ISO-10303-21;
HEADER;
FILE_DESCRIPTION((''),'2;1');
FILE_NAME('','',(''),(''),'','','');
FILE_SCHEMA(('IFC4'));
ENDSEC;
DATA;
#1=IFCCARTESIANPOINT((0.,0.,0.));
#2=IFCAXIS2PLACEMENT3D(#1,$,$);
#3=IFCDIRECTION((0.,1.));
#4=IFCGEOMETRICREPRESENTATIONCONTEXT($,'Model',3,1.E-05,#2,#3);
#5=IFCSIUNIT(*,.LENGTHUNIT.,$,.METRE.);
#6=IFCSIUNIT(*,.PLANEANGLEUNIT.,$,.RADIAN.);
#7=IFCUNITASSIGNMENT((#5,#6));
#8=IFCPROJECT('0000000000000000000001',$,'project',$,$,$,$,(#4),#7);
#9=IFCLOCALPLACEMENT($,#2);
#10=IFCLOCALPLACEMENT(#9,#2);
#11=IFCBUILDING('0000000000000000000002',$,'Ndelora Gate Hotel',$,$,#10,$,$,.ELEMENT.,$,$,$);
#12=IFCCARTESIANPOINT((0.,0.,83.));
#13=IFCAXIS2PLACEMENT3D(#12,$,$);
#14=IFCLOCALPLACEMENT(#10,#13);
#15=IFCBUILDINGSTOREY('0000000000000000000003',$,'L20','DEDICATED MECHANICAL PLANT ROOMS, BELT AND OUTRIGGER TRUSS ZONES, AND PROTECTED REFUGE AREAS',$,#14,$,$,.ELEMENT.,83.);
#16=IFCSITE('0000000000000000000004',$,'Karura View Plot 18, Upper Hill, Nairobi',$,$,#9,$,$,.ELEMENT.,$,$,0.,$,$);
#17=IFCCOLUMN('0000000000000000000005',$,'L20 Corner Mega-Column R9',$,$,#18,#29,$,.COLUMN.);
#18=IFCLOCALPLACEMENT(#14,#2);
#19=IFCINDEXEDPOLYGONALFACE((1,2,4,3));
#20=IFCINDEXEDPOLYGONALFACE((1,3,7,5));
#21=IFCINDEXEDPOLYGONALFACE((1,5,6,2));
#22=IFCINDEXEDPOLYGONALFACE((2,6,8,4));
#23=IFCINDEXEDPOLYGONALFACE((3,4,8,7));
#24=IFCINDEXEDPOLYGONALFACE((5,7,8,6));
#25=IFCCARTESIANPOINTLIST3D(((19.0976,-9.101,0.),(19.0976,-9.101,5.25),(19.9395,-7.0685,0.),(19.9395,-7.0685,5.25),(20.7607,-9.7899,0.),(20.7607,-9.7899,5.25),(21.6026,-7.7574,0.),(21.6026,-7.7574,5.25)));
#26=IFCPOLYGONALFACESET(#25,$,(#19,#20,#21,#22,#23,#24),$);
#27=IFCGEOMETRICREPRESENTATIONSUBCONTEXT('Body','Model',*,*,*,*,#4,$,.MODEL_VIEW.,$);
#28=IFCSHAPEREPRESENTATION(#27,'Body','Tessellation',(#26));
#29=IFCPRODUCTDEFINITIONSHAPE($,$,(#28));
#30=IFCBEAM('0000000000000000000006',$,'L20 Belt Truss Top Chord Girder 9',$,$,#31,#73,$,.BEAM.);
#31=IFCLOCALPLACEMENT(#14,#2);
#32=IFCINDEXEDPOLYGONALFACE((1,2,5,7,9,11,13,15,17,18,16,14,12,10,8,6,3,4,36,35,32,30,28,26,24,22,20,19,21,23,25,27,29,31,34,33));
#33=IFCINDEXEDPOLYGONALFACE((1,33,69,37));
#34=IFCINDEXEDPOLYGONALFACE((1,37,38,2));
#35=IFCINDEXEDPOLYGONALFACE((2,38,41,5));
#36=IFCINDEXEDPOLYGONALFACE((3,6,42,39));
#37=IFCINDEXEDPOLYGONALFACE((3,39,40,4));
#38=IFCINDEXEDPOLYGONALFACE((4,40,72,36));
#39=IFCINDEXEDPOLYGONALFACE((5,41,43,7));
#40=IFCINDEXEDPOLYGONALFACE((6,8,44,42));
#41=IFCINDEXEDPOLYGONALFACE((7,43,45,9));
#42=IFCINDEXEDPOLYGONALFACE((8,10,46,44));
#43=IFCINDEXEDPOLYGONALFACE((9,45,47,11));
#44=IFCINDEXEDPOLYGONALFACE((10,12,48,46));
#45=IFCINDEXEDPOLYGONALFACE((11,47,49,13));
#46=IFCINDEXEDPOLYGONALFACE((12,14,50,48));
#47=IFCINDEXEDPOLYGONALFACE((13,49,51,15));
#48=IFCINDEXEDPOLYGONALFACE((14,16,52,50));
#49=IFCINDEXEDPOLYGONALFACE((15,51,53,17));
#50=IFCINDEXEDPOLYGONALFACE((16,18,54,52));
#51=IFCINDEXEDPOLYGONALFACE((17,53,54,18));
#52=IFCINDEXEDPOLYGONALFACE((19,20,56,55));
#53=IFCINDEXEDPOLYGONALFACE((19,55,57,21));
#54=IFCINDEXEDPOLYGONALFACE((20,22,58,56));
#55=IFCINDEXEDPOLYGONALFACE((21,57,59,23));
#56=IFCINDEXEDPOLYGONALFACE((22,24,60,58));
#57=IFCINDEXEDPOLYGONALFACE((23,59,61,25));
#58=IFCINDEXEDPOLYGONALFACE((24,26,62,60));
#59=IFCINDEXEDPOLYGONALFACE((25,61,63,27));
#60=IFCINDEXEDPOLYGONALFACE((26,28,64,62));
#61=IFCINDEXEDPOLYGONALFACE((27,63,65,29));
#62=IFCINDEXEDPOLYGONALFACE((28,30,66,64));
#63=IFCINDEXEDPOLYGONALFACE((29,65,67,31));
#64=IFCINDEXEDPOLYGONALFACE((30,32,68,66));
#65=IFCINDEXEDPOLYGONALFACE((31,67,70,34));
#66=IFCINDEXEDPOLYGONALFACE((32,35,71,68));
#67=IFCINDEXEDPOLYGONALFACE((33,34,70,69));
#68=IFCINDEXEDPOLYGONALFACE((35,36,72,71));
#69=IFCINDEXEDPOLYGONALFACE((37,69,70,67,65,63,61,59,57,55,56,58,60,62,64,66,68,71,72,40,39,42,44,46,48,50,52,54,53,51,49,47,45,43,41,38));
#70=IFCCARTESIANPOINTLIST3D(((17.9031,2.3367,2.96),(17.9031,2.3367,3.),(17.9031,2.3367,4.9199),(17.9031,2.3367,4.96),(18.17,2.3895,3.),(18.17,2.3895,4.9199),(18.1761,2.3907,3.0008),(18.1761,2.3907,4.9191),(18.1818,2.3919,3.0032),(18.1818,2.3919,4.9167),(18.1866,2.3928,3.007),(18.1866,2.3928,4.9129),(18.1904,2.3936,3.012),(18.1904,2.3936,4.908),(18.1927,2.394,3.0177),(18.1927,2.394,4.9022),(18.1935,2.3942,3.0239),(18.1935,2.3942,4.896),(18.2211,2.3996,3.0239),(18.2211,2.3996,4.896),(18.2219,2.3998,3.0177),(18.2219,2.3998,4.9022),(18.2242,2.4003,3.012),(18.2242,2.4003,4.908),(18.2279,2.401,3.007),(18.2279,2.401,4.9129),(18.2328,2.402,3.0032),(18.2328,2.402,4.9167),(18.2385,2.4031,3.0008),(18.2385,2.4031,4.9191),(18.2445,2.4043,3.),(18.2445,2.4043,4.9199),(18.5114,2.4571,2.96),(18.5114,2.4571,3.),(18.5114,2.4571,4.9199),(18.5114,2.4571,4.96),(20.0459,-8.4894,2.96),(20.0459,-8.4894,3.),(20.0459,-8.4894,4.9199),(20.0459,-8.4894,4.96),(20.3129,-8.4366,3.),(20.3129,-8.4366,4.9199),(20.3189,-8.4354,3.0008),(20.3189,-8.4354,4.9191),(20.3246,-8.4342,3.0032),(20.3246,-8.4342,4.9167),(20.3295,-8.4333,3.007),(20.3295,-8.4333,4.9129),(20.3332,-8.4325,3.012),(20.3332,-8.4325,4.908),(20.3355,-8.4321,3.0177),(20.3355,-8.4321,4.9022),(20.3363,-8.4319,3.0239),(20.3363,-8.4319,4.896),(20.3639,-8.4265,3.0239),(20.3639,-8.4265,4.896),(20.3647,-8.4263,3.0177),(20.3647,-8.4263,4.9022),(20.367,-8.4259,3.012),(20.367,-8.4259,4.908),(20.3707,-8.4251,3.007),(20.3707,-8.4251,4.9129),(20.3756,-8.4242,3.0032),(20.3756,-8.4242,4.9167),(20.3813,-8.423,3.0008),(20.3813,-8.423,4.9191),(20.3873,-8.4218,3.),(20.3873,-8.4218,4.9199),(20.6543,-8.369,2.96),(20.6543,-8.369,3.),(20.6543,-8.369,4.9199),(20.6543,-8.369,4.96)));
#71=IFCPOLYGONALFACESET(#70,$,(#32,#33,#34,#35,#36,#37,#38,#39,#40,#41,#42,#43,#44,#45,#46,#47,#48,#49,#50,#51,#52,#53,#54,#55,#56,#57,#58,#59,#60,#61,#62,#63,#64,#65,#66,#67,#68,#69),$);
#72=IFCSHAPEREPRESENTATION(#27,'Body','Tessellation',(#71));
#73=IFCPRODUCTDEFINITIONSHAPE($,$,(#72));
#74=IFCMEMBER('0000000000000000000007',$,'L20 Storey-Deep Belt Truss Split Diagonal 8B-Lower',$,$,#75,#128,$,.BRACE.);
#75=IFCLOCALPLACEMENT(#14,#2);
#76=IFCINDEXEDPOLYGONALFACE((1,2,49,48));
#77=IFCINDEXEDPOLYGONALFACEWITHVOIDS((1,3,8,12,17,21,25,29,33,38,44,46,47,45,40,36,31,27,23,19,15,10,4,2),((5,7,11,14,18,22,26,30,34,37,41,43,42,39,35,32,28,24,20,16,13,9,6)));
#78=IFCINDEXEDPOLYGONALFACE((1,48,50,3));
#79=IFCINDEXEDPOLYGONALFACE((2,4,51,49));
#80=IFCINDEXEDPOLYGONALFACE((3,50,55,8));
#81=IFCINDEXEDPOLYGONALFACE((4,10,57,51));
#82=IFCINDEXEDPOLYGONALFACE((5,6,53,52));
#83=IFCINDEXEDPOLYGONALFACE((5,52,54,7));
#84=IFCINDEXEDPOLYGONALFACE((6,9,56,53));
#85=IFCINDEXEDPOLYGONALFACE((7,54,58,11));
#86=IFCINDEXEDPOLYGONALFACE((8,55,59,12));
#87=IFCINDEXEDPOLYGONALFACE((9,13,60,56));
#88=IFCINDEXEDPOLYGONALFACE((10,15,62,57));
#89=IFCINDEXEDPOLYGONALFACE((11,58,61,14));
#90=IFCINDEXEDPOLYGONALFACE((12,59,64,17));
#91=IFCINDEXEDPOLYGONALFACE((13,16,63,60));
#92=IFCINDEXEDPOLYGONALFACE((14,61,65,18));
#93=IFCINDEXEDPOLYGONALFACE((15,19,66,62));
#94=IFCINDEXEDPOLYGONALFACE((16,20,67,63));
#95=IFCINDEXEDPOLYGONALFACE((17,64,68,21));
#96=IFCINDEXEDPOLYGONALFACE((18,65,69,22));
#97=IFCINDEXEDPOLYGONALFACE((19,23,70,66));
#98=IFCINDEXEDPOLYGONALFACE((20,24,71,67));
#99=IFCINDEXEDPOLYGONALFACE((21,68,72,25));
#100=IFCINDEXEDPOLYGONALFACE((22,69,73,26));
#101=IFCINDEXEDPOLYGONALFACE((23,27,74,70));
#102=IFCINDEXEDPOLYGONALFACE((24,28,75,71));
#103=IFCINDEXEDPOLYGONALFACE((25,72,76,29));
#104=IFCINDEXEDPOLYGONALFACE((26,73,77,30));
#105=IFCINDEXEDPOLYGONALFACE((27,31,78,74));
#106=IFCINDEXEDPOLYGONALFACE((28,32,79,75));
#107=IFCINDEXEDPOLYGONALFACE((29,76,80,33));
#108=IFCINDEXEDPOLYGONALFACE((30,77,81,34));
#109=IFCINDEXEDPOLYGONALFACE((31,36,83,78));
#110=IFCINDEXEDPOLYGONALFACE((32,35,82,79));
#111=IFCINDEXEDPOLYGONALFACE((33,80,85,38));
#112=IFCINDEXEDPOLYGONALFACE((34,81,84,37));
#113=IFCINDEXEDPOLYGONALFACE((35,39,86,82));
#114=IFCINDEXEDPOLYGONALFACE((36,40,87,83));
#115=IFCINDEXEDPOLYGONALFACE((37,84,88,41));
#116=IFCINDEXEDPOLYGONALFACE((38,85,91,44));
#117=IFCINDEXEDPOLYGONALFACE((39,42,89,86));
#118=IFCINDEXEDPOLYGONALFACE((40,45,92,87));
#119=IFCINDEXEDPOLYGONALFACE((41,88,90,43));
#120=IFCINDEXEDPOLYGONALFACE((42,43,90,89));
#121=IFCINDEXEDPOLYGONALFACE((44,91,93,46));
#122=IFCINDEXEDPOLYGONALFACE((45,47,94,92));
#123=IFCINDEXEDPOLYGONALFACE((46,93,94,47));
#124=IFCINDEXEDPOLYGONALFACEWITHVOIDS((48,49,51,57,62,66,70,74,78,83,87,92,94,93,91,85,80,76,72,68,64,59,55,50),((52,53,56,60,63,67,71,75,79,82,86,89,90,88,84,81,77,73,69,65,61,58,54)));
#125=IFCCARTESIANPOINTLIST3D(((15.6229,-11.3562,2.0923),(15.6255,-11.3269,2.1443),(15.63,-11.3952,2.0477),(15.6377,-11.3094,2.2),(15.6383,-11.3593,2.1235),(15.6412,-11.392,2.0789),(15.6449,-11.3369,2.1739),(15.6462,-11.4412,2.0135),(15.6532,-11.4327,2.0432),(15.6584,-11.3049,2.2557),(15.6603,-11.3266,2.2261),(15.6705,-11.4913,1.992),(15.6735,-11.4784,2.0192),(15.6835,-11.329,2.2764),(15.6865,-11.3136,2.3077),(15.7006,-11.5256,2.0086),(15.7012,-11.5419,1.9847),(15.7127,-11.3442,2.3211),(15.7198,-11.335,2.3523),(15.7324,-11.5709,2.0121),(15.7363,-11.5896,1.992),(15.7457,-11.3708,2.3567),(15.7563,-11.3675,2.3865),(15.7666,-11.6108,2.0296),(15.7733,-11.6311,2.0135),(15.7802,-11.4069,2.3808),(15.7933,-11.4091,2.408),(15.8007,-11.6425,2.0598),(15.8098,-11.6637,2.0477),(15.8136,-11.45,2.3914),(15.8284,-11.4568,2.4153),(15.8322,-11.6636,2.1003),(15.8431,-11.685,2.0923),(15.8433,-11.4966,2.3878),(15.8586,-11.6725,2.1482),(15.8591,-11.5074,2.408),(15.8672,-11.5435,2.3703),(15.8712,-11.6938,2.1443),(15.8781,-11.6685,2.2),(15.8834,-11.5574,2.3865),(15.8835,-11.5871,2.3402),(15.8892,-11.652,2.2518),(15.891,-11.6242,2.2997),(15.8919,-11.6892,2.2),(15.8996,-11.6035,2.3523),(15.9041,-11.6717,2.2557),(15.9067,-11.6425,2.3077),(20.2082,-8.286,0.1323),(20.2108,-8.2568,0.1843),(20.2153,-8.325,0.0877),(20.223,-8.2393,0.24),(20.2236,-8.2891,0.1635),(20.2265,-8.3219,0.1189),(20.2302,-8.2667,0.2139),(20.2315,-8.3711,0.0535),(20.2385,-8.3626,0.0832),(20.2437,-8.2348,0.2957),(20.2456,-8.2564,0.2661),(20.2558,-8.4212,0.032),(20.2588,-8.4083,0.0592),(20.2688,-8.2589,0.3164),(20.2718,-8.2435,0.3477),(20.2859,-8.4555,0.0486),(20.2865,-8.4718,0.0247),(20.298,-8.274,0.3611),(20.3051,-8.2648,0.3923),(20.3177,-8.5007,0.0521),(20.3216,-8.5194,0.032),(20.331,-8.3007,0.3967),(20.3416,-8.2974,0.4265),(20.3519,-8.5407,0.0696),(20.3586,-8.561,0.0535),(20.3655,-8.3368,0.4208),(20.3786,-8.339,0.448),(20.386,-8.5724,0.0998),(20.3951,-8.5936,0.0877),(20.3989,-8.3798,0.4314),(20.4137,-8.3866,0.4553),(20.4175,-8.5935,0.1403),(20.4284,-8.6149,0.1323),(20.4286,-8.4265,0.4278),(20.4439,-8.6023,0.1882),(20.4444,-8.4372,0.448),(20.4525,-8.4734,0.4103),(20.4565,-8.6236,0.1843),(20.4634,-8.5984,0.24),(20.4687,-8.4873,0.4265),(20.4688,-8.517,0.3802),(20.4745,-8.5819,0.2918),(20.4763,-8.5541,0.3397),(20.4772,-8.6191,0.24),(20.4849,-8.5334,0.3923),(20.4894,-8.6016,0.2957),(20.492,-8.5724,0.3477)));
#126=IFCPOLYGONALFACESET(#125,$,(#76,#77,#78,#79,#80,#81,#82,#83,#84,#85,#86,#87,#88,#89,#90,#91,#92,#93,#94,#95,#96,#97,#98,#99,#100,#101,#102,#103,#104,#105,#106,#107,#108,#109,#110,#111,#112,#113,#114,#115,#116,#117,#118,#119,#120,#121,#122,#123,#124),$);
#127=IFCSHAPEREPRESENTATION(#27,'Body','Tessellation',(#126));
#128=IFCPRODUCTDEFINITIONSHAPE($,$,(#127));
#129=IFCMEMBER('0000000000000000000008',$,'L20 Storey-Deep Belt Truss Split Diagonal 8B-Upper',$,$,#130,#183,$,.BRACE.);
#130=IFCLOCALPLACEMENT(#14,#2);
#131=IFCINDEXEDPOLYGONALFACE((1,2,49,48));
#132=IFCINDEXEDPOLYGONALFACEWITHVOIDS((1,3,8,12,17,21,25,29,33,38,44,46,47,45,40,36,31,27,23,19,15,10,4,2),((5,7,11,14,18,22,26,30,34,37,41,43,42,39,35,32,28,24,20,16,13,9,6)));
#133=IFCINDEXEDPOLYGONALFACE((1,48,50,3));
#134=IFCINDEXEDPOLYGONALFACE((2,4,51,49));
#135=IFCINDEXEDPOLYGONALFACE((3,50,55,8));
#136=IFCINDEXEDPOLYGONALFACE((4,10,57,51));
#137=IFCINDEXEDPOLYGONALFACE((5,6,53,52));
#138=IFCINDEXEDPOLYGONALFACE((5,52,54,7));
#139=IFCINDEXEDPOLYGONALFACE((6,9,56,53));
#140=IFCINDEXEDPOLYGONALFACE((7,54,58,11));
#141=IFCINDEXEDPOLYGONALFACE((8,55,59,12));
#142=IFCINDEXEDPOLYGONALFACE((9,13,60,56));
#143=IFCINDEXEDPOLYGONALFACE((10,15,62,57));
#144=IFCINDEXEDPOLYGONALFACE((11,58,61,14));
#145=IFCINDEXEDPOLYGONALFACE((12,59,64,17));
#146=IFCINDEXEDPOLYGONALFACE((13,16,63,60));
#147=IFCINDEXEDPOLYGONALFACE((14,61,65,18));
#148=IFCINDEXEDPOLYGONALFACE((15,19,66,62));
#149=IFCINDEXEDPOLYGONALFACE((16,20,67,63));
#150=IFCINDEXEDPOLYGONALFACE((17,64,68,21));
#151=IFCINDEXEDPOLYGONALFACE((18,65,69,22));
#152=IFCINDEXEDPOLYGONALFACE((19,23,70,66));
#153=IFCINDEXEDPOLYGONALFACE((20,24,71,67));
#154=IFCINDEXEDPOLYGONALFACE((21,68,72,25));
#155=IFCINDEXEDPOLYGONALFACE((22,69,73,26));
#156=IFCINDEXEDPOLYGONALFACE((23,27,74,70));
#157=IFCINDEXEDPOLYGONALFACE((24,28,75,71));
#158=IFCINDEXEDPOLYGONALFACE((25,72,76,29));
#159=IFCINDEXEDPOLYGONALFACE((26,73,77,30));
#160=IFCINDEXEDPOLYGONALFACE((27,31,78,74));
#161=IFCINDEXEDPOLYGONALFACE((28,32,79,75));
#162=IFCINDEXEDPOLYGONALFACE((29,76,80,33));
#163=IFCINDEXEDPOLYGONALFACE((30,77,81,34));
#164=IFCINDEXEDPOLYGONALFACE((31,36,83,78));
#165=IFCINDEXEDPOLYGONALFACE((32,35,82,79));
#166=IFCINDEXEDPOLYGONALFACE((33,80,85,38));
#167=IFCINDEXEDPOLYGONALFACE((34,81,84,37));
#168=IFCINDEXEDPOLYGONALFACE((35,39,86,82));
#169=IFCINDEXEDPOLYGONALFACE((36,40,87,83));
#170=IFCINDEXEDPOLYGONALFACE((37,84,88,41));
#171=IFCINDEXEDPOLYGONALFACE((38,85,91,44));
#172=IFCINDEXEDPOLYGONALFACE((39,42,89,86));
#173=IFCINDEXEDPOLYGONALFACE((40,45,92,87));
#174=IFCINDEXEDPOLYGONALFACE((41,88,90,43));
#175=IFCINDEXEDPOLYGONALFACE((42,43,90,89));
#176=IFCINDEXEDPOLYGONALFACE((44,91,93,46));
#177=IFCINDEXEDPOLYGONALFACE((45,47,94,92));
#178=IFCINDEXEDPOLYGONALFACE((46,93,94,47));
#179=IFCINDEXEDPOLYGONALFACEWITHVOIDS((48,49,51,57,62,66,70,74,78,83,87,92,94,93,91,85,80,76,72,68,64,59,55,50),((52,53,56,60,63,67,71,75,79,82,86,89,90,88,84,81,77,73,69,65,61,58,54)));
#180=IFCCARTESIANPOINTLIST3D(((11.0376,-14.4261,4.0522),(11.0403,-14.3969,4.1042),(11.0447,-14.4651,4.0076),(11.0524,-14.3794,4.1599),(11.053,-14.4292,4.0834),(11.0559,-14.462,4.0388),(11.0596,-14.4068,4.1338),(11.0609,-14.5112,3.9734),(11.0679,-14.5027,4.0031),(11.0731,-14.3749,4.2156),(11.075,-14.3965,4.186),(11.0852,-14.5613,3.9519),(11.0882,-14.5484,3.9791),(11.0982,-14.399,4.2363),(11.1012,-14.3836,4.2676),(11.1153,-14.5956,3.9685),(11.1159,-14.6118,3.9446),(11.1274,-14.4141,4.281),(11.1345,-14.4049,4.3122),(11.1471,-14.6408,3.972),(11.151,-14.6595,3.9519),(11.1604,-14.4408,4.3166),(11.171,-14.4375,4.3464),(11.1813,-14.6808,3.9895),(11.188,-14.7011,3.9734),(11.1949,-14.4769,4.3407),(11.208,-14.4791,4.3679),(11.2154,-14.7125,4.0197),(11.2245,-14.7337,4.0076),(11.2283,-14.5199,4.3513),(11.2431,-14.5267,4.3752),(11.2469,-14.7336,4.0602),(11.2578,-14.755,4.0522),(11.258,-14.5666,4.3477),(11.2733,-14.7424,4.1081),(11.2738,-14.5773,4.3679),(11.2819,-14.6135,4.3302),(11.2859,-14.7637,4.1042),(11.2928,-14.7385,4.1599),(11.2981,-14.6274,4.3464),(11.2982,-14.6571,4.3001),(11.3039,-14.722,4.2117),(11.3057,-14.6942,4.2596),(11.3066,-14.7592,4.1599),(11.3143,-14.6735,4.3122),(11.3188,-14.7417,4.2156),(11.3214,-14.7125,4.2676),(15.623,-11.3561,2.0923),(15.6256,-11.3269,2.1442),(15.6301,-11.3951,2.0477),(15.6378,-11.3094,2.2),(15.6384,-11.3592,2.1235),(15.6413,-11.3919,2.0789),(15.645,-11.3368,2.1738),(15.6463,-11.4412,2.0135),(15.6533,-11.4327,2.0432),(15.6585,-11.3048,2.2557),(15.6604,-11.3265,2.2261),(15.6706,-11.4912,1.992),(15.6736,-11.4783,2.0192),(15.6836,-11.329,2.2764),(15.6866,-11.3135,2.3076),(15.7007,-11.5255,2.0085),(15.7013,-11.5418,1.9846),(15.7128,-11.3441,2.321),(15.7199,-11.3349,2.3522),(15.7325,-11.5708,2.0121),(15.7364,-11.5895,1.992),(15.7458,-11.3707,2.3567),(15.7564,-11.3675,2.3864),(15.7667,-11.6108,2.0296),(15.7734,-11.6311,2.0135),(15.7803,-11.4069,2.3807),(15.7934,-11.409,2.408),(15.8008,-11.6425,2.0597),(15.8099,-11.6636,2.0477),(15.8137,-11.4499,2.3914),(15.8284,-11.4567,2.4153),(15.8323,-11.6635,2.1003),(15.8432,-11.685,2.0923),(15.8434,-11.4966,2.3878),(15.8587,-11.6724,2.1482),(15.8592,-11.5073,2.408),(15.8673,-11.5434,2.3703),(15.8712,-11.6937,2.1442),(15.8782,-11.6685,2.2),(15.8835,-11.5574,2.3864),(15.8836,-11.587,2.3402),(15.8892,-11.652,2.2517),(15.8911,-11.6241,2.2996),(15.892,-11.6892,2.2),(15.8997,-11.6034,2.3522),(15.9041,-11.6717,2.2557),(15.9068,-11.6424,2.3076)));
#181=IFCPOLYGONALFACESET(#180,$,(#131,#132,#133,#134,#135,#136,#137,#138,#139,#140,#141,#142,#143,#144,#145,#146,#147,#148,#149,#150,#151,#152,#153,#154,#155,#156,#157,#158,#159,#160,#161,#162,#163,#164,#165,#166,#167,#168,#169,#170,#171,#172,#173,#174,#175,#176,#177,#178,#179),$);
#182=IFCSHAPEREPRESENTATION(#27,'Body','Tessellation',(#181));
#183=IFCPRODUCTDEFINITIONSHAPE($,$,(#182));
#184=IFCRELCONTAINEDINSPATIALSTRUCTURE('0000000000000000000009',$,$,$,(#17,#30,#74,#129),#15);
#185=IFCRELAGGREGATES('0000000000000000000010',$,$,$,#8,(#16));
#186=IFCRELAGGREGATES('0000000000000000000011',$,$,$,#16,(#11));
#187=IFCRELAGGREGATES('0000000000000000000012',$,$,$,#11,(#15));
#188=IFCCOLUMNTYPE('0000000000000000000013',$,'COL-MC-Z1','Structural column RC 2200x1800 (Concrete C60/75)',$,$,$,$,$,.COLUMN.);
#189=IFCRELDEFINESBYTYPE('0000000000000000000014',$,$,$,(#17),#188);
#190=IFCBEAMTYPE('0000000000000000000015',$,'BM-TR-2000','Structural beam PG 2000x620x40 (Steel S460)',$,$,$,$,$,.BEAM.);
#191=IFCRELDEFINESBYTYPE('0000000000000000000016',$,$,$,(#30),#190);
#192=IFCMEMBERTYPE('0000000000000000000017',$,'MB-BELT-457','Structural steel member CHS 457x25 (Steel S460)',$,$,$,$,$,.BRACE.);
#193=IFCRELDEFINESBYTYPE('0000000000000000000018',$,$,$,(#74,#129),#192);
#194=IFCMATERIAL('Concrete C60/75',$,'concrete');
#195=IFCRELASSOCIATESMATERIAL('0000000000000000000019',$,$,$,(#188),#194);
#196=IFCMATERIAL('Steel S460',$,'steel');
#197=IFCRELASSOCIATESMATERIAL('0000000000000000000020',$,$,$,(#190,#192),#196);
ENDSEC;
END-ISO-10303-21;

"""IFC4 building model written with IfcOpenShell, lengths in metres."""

from ifc_helpers import new_model, si_unit, direction, frame, origin, origin_2d, place, context, subcontext, project, spatial, rectangle, hollow_circle, i_section, extrude, material, material_profile, profile_set, type_object, element, save


model = new_model("IFC4")

# Units and contexts
model_context = context("Model", 3, precision=1e-05, world=origin(), true_north=direction((0.0, 1.0)))
body_context = subcontext(model_context, "Body", "Model", "MODEL_VIEW")
ifc_project = project(units=[si_unit("LENGTHUNIT", "METRE"), si_unit("PLANEANGLEUNIT", "RADIAN")], contexts=[model_context])

# Site, building, storey
site_placement = place(None, origin())
site = spatial("IfcSite", under=ifc_project, at=site_placement, Name="Karura View Plot 18, Upper Hill, Nairobi", CompositionType="ELEMENT", RefElevation=0.0)
building_placement = place(site_placement, origin())
building = spatial("IfcBuilding", under=site, at=building_placement, Name="Ndelora Gate Hotel", CompositionType="ELEMENT")
storey_placement = place(building_placement, frame((0.0, 0.0, 83.0)))
storey = spatial("IfcBuildingStorey", under=building, at=storey_placement, Name="L20", Description="DEDICATED MECHANICAL PLANT ROOMS, BELT AND OUTRIGGER TRUSS ZONES, AND PROTECTED REFUGE AREAS", CompositionType="ELEMENT", Elevation=83.0)

# Column
ifc_material_1 = material(Name="Concrete C60/75", Category="concrete")
ifc_material_profile_1 = material_profile(ifc_material_1, rectangle(XDim=1.8, YDim=2.2, at=origin_2d()), Name="RC 2200x1800")
ifc_profile_set_1 = profile_set([ifc_material_profile_1], Name="Concrete C60/75")
column_type = type_object("IfcColumnType", Name="COL-MC-Z1", Description="Structural column RC 2200x1800 (Concrete C60/75)", PredefinedType="COLUMN", material=ifc_profile_set_1)
column_placement = place(storey_placement, frame((20.3501, -8.4292, 0.0), z_axis=(0.0, 0.0, 1.0), x_axis=(-0.92388, 0.382683, 0.0)))
element("IfcColumn", 1, at=column_placement, inside=storey, type_object=column_type, Name="L20 Corner Mega-Column R9", PredefinedType="COLUMN", context=body_context, shape_type="SweptSolid", body=[
    extrude(rectangle(XDim=1.8, YDim=2.2, at=origin_2d()), origin(), (0.0, 0.0, 1.0), 5.25),
])

# Beam
ifc_material_2 = material(Name="Steel S460", Category="steel")
ifc_material_profile_2 = material_profile(ifc_material_2, i_section(OverallWidth=0.6201, OverallDepth=2.0, WebThickness=0.0281, FlangeThickness=0.04, FilletRadius=0.0239, at=origin_2d()), Name="PG 2000x620x40")
ifc_profile_set_2 = profile_set([ifc_material_profile_2], Name="Steel S460")
beam_type = type_object("IfcBeamType", Name="BM-TR-2000", Description="Structural beam PG 2000x620x40 (Steel S460)", PredefinedType="BEAM", material=ifc_profile_set_2)
beam_placement = place(storey_placement, frame((20.3501, -8.4292, 3.96), z_axis=(-0.194163, 0.980969, 0.0), x_axis=(-0.980969, -0.194163, 0.0)))
element("IfcBeam", 2, at=beam_placement, inside=storey, type_object=beam_type, Name="L20 Belt Truss Top Chord Girder 9", PredefinedType="BEAM", context=body_context, shape_type="SweptSolid", body=[
    extrude(i_section(OverallWidth=0.6201, OverallDepth=2.0, WebThickness=0.0281, FlangeThickness=0.04, FilletRadius=0.0239, at=origin_2d()), origin(), (0.0, 0.0, 1.0), 11.0361),
])

# Members
ifc_material_profile_3 = material_profile(ifc_material_2, hollow_circle(Radius=0.2285, WallThickness=0.0249, at=origin_2d()), Name="CHS 457x25")
ifc_profile_set_3 = profile_set([ifc_material_profile_3], Name="Steel S460")
member_type = type_object("IfcMemberType", Name="MB-BELT-457", Description="Structural steel member CHS 457x25 (Steel S460)", PredefinedType="BRACE", material=ifc_profile_set_3)
for number, where, z_axis, x_axis, name in (
    (3, (20.3501, -8.4292, 0.24), (-0.783014, -0.524275, 0.334702), (0.556363, -0.830939, 0.0), "L20 Storey-Deep Belt Truss Split Diagonal 8B-Lower"),
    (4, (15.7649, -11.4993, 2.2), (-0.78303, -0.524257, 0.334691), (0.556343, -0.830953, 0.0), "L20 Storey-Deep Belt Truss Split Diagonal 8B-Upper"),
):
    element("IfcMember", number, at=place(storey_placement, frame(where, z_axis=z_axis, x_axis=x_axis)), inside=storey, type_object=member_type, Name=name, PredefinedType="BRACE", context=body_context, shape_type="SweptSolid", body=[
        extrude(hollow_circle(Radius=0.2285, WallThickness=0.0249, at=origin_2d()), origin(), (0.0, 0.0, 1.0), 5.856),
    ])

save(model, "model.ifc")
